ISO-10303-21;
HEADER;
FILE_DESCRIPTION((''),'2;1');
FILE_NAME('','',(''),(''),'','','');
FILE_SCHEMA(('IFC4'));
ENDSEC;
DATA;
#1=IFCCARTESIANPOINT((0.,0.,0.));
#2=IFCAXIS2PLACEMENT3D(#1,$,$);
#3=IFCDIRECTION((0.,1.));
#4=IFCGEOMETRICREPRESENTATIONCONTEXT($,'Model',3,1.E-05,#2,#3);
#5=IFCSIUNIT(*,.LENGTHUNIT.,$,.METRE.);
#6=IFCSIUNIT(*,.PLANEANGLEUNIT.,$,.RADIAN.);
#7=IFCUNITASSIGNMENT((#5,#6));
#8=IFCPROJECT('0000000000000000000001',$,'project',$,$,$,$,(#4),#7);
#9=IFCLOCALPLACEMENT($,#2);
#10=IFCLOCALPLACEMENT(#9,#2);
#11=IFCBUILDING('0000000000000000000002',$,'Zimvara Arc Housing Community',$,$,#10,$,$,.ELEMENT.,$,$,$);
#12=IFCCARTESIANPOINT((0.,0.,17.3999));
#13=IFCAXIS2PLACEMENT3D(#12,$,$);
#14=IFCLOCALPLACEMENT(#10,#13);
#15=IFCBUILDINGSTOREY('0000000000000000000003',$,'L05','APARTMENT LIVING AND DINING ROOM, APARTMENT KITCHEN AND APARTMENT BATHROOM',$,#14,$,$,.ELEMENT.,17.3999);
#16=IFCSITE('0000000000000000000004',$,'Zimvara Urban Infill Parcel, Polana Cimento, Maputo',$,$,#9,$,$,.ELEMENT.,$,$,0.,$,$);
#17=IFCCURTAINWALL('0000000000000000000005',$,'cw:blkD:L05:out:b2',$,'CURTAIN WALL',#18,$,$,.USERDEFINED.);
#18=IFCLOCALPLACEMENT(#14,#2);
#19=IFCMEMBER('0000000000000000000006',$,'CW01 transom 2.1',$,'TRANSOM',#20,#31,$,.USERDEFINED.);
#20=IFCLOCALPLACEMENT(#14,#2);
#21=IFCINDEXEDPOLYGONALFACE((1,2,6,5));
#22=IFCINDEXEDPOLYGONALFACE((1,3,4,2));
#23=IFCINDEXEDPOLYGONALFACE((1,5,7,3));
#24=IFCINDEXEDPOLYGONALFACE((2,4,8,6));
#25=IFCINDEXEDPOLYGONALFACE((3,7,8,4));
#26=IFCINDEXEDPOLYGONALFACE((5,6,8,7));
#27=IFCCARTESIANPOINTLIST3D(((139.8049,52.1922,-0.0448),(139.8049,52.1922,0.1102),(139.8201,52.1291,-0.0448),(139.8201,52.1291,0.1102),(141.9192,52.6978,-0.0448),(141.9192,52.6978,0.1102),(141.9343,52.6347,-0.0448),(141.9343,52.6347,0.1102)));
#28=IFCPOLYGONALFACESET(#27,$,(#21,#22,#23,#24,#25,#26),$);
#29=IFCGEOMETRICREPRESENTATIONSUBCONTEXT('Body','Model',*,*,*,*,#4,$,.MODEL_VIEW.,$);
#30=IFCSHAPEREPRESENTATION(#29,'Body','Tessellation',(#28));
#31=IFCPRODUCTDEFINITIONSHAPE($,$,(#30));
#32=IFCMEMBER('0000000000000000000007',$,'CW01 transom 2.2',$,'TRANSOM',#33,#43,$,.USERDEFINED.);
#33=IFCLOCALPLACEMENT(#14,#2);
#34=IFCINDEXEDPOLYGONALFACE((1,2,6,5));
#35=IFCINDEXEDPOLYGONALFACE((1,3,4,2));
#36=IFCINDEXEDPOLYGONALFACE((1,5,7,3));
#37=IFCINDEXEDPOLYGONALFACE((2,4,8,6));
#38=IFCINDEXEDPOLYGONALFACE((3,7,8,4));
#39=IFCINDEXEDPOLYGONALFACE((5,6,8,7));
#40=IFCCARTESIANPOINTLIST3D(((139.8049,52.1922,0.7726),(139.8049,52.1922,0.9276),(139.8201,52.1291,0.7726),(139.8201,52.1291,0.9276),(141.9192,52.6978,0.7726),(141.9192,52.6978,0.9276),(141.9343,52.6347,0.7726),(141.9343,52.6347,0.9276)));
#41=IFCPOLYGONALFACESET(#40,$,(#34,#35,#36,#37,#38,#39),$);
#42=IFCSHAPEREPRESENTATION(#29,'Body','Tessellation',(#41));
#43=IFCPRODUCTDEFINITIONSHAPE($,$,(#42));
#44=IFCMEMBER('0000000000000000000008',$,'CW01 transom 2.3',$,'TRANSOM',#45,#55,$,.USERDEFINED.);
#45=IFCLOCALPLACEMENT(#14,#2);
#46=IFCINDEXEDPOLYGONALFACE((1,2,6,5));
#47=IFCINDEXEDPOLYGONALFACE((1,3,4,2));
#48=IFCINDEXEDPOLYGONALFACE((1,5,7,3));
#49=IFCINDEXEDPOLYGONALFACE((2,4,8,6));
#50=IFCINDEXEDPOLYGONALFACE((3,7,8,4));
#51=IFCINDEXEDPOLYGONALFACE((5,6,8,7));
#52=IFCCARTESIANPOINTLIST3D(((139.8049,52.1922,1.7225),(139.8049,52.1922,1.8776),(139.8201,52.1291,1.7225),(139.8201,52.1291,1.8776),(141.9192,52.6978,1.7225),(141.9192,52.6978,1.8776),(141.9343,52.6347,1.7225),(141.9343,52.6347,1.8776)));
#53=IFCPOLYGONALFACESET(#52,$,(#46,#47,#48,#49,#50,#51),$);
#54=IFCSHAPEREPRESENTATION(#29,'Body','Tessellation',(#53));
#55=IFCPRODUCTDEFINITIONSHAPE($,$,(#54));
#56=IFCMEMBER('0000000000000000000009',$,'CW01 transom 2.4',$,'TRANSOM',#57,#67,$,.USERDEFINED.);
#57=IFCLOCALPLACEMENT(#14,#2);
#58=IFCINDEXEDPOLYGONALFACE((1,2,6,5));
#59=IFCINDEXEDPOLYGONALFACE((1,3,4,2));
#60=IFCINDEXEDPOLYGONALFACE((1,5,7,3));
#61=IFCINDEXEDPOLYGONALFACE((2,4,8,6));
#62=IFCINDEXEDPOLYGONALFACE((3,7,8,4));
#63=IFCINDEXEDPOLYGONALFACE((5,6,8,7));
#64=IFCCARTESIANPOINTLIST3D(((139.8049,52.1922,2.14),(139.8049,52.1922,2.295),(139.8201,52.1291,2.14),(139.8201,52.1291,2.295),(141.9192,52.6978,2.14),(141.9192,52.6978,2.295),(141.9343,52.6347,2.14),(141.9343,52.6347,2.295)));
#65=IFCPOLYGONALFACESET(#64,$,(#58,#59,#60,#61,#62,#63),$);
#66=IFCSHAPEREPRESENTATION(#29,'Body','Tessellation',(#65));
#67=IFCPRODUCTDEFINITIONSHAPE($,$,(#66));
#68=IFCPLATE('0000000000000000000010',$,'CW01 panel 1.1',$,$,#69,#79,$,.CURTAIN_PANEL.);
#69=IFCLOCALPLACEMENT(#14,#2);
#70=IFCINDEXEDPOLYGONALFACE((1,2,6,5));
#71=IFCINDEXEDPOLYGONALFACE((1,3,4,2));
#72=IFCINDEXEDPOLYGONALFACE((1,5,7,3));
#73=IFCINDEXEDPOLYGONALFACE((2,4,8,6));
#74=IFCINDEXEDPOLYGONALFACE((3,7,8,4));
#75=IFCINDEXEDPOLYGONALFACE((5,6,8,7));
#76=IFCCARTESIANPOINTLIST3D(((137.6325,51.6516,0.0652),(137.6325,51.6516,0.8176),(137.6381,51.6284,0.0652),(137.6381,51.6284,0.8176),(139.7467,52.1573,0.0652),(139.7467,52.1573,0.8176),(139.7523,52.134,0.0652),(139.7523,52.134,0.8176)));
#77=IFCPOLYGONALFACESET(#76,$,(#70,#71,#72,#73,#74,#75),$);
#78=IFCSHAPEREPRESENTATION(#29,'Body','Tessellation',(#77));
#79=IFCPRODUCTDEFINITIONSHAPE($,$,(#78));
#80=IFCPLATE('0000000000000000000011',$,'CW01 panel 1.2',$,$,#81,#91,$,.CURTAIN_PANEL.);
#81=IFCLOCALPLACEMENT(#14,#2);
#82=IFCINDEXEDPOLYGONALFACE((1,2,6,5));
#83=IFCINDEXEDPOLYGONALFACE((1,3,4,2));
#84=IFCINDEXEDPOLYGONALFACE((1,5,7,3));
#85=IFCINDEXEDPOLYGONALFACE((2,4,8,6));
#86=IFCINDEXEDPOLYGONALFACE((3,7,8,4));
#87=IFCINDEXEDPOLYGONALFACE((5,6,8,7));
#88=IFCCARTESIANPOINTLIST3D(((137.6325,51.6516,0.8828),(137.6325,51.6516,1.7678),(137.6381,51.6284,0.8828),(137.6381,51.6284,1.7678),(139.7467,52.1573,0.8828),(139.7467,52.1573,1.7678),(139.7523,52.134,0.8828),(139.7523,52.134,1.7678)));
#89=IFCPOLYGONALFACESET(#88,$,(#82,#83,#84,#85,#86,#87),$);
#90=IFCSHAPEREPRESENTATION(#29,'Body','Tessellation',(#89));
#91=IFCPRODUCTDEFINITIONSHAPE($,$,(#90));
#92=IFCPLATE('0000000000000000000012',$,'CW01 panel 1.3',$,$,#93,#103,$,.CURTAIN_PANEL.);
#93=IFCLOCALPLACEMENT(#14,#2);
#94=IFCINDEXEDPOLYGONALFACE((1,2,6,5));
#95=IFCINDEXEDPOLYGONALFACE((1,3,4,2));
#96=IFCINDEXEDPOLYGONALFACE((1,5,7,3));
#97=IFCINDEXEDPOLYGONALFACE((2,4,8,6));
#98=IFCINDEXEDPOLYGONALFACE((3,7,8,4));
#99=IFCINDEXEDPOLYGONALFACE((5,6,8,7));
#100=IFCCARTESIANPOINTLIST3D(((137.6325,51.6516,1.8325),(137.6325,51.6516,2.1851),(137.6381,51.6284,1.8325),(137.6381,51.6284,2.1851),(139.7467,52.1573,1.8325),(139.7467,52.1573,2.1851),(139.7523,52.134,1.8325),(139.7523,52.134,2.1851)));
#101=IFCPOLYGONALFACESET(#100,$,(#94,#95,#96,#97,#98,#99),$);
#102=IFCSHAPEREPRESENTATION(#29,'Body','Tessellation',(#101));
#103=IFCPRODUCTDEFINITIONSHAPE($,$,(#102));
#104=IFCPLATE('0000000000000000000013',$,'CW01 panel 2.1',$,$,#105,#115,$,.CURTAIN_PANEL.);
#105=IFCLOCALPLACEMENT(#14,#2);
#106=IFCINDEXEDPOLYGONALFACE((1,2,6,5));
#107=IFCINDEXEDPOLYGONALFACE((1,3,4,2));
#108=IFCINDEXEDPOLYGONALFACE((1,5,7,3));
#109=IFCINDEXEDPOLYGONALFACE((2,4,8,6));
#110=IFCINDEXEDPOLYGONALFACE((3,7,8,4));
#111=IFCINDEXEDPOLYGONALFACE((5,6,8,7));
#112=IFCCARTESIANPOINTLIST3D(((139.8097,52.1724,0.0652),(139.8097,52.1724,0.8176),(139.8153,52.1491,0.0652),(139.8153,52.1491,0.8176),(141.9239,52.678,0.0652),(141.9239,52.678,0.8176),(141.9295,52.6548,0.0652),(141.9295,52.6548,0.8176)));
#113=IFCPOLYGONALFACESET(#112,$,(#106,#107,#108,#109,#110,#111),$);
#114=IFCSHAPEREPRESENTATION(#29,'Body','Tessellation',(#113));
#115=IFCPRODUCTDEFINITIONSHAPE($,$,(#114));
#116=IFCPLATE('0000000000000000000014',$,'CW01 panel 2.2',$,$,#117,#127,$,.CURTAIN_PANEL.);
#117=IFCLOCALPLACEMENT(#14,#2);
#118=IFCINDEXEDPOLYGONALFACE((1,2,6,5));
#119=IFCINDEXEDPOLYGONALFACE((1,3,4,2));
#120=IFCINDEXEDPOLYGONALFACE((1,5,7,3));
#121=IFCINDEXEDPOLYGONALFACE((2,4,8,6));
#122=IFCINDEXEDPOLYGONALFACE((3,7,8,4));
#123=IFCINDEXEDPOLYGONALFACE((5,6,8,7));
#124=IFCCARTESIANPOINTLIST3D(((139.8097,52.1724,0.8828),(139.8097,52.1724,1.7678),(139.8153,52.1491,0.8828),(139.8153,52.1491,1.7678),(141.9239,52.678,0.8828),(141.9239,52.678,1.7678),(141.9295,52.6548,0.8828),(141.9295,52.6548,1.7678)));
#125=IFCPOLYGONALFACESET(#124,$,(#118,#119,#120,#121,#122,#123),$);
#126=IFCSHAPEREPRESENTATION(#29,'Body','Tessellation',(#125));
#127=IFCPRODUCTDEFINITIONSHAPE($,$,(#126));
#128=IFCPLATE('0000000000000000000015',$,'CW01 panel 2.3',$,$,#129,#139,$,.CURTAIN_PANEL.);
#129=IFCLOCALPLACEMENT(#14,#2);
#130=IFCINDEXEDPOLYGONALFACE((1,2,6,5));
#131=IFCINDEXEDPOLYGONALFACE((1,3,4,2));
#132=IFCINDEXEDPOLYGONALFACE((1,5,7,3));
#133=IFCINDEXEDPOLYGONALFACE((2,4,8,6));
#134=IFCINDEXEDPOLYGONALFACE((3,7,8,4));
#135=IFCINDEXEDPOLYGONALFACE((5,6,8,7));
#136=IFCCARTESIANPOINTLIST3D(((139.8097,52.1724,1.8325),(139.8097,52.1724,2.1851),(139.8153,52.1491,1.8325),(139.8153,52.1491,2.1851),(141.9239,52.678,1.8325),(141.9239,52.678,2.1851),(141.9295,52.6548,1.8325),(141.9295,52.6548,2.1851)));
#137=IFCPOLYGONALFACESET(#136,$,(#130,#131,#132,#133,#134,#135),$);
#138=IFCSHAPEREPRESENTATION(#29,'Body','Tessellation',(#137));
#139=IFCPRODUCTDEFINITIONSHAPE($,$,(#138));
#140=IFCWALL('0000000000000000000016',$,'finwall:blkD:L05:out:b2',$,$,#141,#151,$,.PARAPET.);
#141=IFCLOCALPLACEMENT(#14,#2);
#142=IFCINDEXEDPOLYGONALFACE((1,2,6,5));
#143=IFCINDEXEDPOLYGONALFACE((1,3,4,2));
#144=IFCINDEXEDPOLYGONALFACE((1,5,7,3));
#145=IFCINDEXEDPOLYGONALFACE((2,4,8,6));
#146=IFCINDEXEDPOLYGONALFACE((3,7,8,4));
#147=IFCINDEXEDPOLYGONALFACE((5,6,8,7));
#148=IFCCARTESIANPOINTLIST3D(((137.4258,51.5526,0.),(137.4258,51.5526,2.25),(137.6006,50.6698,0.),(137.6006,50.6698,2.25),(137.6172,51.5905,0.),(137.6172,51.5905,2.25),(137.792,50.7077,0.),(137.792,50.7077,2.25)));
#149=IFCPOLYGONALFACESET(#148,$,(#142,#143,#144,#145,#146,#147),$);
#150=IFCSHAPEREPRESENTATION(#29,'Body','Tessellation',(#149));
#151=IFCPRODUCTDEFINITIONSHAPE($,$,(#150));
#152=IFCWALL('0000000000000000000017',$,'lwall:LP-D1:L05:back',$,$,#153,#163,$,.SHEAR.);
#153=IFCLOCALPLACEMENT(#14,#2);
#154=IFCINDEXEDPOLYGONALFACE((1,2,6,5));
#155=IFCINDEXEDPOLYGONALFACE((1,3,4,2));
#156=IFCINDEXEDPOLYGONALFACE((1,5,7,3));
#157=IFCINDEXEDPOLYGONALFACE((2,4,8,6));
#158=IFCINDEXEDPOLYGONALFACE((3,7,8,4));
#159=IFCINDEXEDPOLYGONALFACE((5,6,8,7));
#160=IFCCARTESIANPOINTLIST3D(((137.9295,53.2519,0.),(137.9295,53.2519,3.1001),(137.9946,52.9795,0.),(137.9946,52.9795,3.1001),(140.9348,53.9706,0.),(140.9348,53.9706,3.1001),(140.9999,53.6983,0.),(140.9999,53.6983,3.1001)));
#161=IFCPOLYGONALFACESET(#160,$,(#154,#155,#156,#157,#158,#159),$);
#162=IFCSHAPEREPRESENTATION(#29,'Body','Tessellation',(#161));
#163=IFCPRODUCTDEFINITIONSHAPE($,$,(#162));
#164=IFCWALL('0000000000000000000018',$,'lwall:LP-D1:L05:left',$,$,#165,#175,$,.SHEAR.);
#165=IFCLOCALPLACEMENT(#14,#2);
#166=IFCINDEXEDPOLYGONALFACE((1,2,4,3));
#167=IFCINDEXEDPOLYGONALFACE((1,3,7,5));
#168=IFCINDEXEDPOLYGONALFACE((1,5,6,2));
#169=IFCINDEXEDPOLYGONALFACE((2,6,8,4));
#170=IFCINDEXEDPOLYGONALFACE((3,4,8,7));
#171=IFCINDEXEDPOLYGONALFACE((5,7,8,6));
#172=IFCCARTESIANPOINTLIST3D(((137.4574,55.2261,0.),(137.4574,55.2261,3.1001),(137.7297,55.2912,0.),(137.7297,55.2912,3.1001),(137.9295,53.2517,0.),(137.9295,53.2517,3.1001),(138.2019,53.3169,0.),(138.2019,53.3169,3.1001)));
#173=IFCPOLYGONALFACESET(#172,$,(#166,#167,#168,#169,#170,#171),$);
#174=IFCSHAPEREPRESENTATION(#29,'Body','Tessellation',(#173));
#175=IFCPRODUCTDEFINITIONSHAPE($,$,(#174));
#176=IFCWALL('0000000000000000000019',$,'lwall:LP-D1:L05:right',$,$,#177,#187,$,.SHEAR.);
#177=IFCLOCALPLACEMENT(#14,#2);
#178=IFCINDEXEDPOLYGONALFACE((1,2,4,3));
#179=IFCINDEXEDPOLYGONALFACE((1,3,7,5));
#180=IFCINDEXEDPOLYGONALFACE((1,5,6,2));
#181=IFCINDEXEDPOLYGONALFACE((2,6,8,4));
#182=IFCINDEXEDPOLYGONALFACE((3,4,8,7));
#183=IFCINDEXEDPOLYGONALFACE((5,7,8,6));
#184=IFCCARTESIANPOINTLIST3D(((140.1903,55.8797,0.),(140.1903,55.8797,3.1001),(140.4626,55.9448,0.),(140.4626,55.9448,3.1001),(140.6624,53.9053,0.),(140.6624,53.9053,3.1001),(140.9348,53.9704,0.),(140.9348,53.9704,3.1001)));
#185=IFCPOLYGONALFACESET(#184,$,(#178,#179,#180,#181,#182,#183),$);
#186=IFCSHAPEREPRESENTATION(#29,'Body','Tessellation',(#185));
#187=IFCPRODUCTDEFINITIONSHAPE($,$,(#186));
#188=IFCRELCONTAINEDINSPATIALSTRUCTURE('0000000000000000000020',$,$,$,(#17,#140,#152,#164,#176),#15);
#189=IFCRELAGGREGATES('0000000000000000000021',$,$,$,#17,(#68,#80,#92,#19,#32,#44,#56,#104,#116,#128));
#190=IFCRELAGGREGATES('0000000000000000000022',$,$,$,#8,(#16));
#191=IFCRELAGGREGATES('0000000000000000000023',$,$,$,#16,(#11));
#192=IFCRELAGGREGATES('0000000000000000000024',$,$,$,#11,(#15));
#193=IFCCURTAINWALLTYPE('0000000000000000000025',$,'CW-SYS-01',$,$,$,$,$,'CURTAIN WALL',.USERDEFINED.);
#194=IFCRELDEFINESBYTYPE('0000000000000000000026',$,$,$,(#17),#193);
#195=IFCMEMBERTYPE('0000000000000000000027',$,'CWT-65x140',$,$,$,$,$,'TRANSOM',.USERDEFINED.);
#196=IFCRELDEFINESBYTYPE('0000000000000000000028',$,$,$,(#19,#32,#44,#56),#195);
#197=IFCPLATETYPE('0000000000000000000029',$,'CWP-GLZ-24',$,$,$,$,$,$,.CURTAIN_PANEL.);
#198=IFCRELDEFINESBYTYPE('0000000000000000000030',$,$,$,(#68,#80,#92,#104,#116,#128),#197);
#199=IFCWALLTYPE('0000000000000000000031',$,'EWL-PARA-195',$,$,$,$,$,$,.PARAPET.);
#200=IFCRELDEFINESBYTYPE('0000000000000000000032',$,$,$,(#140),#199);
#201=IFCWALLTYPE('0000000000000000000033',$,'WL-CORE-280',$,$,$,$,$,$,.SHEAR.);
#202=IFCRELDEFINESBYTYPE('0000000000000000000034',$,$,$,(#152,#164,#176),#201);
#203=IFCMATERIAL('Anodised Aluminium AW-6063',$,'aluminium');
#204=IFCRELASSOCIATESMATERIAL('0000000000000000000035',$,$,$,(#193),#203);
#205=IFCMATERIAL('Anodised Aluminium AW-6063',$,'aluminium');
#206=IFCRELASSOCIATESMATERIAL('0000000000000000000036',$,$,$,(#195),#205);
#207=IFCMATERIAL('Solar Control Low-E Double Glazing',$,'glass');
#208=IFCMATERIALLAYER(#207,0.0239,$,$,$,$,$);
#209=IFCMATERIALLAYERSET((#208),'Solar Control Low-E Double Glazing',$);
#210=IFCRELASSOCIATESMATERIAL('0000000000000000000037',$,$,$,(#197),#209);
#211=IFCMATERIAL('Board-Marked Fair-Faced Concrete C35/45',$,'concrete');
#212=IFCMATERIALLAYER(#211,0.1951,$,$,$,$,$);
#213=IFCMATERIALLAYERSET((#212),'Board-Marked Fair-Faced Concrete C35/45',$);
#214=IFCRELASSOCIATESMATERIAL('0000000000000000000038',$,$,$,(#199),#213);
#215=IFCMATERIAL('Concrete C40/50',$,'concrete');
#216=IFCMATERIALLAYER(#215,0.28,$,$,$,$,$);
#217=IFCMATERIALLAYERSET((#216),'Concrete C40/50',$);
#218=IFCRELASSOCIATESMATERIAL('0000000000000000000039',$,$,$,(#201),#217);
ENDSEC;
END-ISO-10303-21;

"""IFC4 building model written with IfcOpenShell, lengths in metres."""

from ifc_helpers import new_model, si_unit, direction, frame, frame_2d, origin, origin_2d, place, context, subcontext, project, spatial, rectangle, extrude, material, layer, layer_set, material_profile, profile_set, type_object, element, aggregate, save


model = new_model("IFC4")

# Units and contexts
model_context = context("Model", 3, precision=1e-05, world=origin(), true_north=direction((0.0, 1.0)))
body_context = subcontext(model_context, "Body", "Model", "MODEL_VIEW")
ifc_project = project(units=[si_unit("LENGTHUNIT", "METRE"), si_unit("PLANEANGLEUNIT", "RADIAN")], contexts=[model_context])

# Site, building, storey
site_placement = place(None, origin())
site = spatial("IfcSite", under=ifc_project, at=site_placement, Name="Zimvara Urban Infill Parcel, Polana Cimento, Maputo", CompositionType="ELEMENT", RefElevation=0.0)
building_placement = place(site_placement, origin())
building = spatial("IfcBuilding", under=site, at=building_placement, Name="Zimvara Arc Housing Community", CompositionType="ELEMENT")
storey_placement = place(building_placement, frame((0.0, 0.0, 17.3999)))
storey = spatial("IfcBuildingStorey", under=building, at=storey_placement, Name="L05", Description="APARTMENT LIVING AND DINING ROOM, APARTMENT KITCHEN AND APARTMENT BATHROOM", CompositionType="ELEMENT", Elevation=17.3999)

# Curtain wall, members, plates
ifc_material_1 = material(Name="Anodised Aluminium AW-6063", Category="aluminium")
curtain_wall_type = type_object("IfcCurtainWallType", Name="CW-SYS-01", ElementType="CURTAIN WALL", PredefinedType="USERDEFINED", material=ifc_material_1)
curtain_wall_placement = place(storey_placement, origin())
curtain_wall = element("IfcCurtainWall", 1, at=curtain_wall_placement, inside=storey, type_object=curtain_wall_type, Name="cw:blkD:L05:out:b2", ObjectType="CURTAIN WALL", PredefinedType="USERDEFINED")
ifc_material_2 = material(Name="Anodised Aluminium AW-6063", Category="aluminium")
ifc_material_profile_1 = material_profile(ifc_material_2, rectangle(XDim=0.0649, YDim=0.155, at=origin_2d()), Name="ALU 65x155")
ifc_profile_set_1 = profile_set([ifc_material_profile_1], Name="Anodised Aluminium AW-6063")
member_type_1 = type_object("IfcMemberType", Name="CWT-65x140", ElementType="TRANSOM", PredefinedType="USERDEFINED", material=ifc_profile_set_1)
member_1_placement = place(storey_placement, frame((139.8125, 52.1606, 0.0327), z_axis=(0.972576, 0.232587, 0.0), x_axis=(-0.232587, 0.972576, 0.0)))
member_1 = element("IfcMember", 2, at=member_1_placement, type_object=member_type_1, Name="CW01 transom 2.1", ObjectType="TRANSOM", PredefinedType="USERDEFINED", context=body_context, shape_type="SweptSolid", body=[
    extrude(rectangle(XDim=0.0649, YDim=0.155, at=origin_2d()), origin(), (0.0, 0.0, 1.0), 2.1738),
])
member_2_placement = place(storey_placement, frame((139.8125, 52.1606, 0.8501), z_axis=(0.972576, 0.232587, 0.0), x_axis=(-0.232587, 0.972576, 0.0)))
member_2 = element("IfcMember", 3, at=member_2_placement, type_object=member_type_1, Name="CW01 transom 2.2", ObjectType="TRANSOM", PredefinedType="USERDEFINED", context=body_context, shape_type="SweptSolid", body=[
    extrude(rectangle(XDim=0.0649, YDim=0.155, at=origin_2d()), origin(), (0.0, 0.0, 1.0), 2.1738),
])
member_3_placement = place(storey_placement, frame((139.8125, 52.1606, 1.8), z_axis=(0.972576, 0.232587, 0.0), x_axis=(-0.232587, 0.972576, 0.0)))
member_3 = element("IfcMember", 4, at=member_3_placement, type_object=member_type_1, Name="CW01 transom 2.3", ObjectType="TRANSOM", PredefinedType="USERDEFINED", context=body_context, shape_type="SweptSolid", body=[
    extrude(rectangle(XDim=0.0649, YDim=0.155, at=origin_2d()), origin(), (0.0, 0.0, 1.0), 2.1738),
])
member_4_placement = place(storey_placement, frame((139.8125, 52.1606, 2.2175), z_axis=(0.972576, 0.232587, 0.0), x_axis=(-0.232587, 0.972576, 0.0)))
member_4 = element("IfcMember", 5, at=member_4_placement, type_object=member_type_1, Name="CW01 transom 2.4", ObjectType="TRANSOM", PredefinedType="USERDEFINED", context=body_context, shape_type="SweptSolid", body=[
    extrude(rectangle(XDim=0.0649, YDim=0.155, at=origin_2d()), origin(), (0.0, 0.0, 1.0), 2.1738),
])
ifc_material_3 = material(Name="Solar Control Low-E Double Glazing", Category="glass")
ifc_layer_1 = layer(ifc_material_3, 0.0239)
ifc_layer_set_1 = layer_set([ifc_layer_1], Name="Solar Control Low-E Double Glazing")
plate_type = type_object("IfcPlateType", Name="CWP-GLZ-24", PredefinedType="CURTAIN_PANEL", material=ifc_layer_set_1)
plate_1_placement = place(storey_placement, frame((138.6924, 51.8928, 0.0652), z_axis=(0.0, 0.0, 1.0), x_axis=(0.972573, 0.232597, 0.0)))
plate_1 = element("IfcPlate", 6, at=plate_1_placement, type_object=plate_type, Name="CW01 panel 1.1", PredefinedType="CURTAIN_PANEL", context=body_context, shape_type="SweptSolid", body=[
    extrude(rectangle(XDim=2.1738, YDim=0.0239, at=origin_2d()), origin(), (0.0, 0.0, 1.0), 0.7524),
])
plate_2_placement = place(storey_placement, frame((138.6924, 51.8928, 0.8828), z_axis=(0.0, 0.0, 1.0), x_axis=(0.972573, 0.232597, 0.0)))
plate_2 = element("IfcPlate", 7, at=plate_2_placement, type_object=plate_type, Name="CW01 panel 1.2", PredefinedType="CURTAIN_PANEL", context=body_context, shape_type="SweptSolid", body=[
    extrude(rectangle(XDim=2.1738, YDim=0.0239, at=origin_2d()), origin(), (0.0, 0.0, 1.0), 0.885),
])
plate_3_placement = place(storey_placement, frame((138.6924, 51.8928, 1.8325), z_axis=(0.0, 0.0, 1.0), x_axis=(0.972573, 0.232597, 0.0)))
plate_3 = element("IfcPlate", 8, at=plate_3_placement, type_object=plate_type, Name="CW01 panel 1.3", PredefinedType="CURTAIN_PANEL", context=body_context, shape_type="SweptSolid", body=[
    extrude(rectangle(XDim=2.1738, YDim=0.0239, at=origin_2d()), origin(), (0.0, 0.0, 1.0), 0.3525),
])
plate_4_placement = place(storey_placement, frame((140.8696, 52.4136, 0.0652), z_axis=(0.0, 0.0, 1.0), x_axis=(0.972573, 0.232597, 0.0)))
plate_4 = element("IfcPlate", 9, at=plate_4_placement, type_object=plate_type, Name="CW01 panel 2.1", PredefinedType="CURTAIN_PANEL", context=body_context, shape_type="SweptSolid", body=[
    extrude(rectangle(XDim=2.1738, YDim=0.0239, at=origin_2d()), origin(), (0.0, 0.0, 1.0), 0.7524),
])
plate_5_placement = place(storey_placement, frame((140.8696, 52.4136, 0.8828), z_axis=(0.0, 0.0, 1.0), x_axis=(0.972573, 0.232597, 0.0)))
plate_5 = element("IfcPlate", 10, at=plate_5_placement, type_object=plate_type, Name="CW01 panel 2.2", PredefinedType="CURTAIN_PANEL", context=body_context, shape_type="SweptSolid", body=[
    extrude(rectangle(XDim=2.1738, YDim=0.0239, at=origin_2d()), origin(), (0.0, 0.0, 1.0), 0.885),
])
plate_6_placement = place(storey_placement, frame((140.8696, 52.4136, 1.8325), z_axis=(0.0, 0.0, 1.0), x_axis=(0.972573, 0.232597, 0.0)))
plate_6 = element("IfcPlate", 11, at=plate_6_placement, type_object=plate_type, Name="CW01 panel 2.3", PredefinedType="CURTAIN_PANEL", context=body_context, shape_type="SweptSolid", body=[
    extrude(rectangle(XDim=2.1738, YDim=0.0239, at=origin_2d()), origin(), (0.0, 0.0, 1.0), 0.3525),
])
aggregate(curtain_wall, [plate_1, plate_2, plate_3, member_1, member_2, member_3, member_4, plate_4, plate_5, plate_6])

# Wall
ifc_material_4 = material(Name="Board-Marked Fair-Faced Concrete C35/45", Category="concrete")
ifc_layer_2 = layer(ifc_material_4, 0.1951)
ifc_layer_set_2 = layer_set([ifc_layer_2], Name="Board-Marked Fair-Faced Concrete C35/45")
wall_type_1 = type_object("IfcWallType", Name="EWL-PARA-195", PredefinedType="PARAPET", material=ifc_layer_set_2)
wall_1_placement = place(storey_placement, frame((137.5215, 51.5715, 0.0), z_axis=(0.0, 0.0, 1.0), x_axis=(0.194238, -0.980954, 0.0)))
element("IfcWall", 12, at=wall_1_placement, inside=storey, type_object=wall_type_1, Name="finwall:blkD:L05:out:b2", PredefinedType="PARAPET", context=body_context, shape_type="SweptSolid", body=[
    extrude(rectangle(XDim=0.8999, YDim=0.1951, at=frame_2d((0.45, 0.0))), origin(), (0.0, 0.0, 1.0), 2.25),
])

# Shared definitions
ifc_material_5 = material(Name="Concrete C40/50", Category="concrete")
ifc_layer_3 = layer(ifc_material_5, 0.28)
ifc_layer_set_3 = layer_set([ifc_layer_3], Name="Concrete C40/50")
wall_type_2 = type_object("IfcWallType", Name="WL-CORE-280", PredefinedType="SHEAR", material=ifc_layer_set_3)

# Walls
wall_2_placement = place(storey_placement, frame((137.9622, 53.1157, 0.0), z_axis=(0.0, 0.0, 1.0), x_axis=(0.972573, 0.232596, 0.0)))
element("IfcWall", 13, at=wall_2_placement, inside=storey, type_object=wall_type_2, Name="lwall:LP-D1:L05:back", PredefinedType="SHEAR", context=body_context, shape_type="SweptSolid", body=[
    extrude(rectangle(XDim=3.0901, YDim=0.28, at=frame_2d((1.5449, 0.0))), origin(), (0.0, 0.0, 1.0), 3.1001),
])
for number, where, z_axis, x_axis, name in (
    (14, (137.5935, 55.2588, 0.0), (0.0, 0.0, 1.0), (0.232591, -0.972575, 0.0), "lwall:LP-D1:L05:left"),
    (15, (140.3264, 55.9124, 0.0), (0.0, 0.0, 1.0), (0.232591, -0.972575, 0.0), "lwall:LP-D1:L05:right"),
):
    element("IfcWall", number, at=place(storey_placement, frame(where, z_axis=z_axis, x_axis=x_axis)), inside=storey, type_object=wall_type_2, Name=name, PredefinedType="SHEAR", context=body_context, shape_type="SweptSolid", body=[
        extrude(rectangle(XDim=2.03, YDim=0.28, at=frame_2d((1.0151, 0.0))), origin(), (0.0, 0.0, 1.0), 3.1001),
    ])

save(model, "model.ifc")
